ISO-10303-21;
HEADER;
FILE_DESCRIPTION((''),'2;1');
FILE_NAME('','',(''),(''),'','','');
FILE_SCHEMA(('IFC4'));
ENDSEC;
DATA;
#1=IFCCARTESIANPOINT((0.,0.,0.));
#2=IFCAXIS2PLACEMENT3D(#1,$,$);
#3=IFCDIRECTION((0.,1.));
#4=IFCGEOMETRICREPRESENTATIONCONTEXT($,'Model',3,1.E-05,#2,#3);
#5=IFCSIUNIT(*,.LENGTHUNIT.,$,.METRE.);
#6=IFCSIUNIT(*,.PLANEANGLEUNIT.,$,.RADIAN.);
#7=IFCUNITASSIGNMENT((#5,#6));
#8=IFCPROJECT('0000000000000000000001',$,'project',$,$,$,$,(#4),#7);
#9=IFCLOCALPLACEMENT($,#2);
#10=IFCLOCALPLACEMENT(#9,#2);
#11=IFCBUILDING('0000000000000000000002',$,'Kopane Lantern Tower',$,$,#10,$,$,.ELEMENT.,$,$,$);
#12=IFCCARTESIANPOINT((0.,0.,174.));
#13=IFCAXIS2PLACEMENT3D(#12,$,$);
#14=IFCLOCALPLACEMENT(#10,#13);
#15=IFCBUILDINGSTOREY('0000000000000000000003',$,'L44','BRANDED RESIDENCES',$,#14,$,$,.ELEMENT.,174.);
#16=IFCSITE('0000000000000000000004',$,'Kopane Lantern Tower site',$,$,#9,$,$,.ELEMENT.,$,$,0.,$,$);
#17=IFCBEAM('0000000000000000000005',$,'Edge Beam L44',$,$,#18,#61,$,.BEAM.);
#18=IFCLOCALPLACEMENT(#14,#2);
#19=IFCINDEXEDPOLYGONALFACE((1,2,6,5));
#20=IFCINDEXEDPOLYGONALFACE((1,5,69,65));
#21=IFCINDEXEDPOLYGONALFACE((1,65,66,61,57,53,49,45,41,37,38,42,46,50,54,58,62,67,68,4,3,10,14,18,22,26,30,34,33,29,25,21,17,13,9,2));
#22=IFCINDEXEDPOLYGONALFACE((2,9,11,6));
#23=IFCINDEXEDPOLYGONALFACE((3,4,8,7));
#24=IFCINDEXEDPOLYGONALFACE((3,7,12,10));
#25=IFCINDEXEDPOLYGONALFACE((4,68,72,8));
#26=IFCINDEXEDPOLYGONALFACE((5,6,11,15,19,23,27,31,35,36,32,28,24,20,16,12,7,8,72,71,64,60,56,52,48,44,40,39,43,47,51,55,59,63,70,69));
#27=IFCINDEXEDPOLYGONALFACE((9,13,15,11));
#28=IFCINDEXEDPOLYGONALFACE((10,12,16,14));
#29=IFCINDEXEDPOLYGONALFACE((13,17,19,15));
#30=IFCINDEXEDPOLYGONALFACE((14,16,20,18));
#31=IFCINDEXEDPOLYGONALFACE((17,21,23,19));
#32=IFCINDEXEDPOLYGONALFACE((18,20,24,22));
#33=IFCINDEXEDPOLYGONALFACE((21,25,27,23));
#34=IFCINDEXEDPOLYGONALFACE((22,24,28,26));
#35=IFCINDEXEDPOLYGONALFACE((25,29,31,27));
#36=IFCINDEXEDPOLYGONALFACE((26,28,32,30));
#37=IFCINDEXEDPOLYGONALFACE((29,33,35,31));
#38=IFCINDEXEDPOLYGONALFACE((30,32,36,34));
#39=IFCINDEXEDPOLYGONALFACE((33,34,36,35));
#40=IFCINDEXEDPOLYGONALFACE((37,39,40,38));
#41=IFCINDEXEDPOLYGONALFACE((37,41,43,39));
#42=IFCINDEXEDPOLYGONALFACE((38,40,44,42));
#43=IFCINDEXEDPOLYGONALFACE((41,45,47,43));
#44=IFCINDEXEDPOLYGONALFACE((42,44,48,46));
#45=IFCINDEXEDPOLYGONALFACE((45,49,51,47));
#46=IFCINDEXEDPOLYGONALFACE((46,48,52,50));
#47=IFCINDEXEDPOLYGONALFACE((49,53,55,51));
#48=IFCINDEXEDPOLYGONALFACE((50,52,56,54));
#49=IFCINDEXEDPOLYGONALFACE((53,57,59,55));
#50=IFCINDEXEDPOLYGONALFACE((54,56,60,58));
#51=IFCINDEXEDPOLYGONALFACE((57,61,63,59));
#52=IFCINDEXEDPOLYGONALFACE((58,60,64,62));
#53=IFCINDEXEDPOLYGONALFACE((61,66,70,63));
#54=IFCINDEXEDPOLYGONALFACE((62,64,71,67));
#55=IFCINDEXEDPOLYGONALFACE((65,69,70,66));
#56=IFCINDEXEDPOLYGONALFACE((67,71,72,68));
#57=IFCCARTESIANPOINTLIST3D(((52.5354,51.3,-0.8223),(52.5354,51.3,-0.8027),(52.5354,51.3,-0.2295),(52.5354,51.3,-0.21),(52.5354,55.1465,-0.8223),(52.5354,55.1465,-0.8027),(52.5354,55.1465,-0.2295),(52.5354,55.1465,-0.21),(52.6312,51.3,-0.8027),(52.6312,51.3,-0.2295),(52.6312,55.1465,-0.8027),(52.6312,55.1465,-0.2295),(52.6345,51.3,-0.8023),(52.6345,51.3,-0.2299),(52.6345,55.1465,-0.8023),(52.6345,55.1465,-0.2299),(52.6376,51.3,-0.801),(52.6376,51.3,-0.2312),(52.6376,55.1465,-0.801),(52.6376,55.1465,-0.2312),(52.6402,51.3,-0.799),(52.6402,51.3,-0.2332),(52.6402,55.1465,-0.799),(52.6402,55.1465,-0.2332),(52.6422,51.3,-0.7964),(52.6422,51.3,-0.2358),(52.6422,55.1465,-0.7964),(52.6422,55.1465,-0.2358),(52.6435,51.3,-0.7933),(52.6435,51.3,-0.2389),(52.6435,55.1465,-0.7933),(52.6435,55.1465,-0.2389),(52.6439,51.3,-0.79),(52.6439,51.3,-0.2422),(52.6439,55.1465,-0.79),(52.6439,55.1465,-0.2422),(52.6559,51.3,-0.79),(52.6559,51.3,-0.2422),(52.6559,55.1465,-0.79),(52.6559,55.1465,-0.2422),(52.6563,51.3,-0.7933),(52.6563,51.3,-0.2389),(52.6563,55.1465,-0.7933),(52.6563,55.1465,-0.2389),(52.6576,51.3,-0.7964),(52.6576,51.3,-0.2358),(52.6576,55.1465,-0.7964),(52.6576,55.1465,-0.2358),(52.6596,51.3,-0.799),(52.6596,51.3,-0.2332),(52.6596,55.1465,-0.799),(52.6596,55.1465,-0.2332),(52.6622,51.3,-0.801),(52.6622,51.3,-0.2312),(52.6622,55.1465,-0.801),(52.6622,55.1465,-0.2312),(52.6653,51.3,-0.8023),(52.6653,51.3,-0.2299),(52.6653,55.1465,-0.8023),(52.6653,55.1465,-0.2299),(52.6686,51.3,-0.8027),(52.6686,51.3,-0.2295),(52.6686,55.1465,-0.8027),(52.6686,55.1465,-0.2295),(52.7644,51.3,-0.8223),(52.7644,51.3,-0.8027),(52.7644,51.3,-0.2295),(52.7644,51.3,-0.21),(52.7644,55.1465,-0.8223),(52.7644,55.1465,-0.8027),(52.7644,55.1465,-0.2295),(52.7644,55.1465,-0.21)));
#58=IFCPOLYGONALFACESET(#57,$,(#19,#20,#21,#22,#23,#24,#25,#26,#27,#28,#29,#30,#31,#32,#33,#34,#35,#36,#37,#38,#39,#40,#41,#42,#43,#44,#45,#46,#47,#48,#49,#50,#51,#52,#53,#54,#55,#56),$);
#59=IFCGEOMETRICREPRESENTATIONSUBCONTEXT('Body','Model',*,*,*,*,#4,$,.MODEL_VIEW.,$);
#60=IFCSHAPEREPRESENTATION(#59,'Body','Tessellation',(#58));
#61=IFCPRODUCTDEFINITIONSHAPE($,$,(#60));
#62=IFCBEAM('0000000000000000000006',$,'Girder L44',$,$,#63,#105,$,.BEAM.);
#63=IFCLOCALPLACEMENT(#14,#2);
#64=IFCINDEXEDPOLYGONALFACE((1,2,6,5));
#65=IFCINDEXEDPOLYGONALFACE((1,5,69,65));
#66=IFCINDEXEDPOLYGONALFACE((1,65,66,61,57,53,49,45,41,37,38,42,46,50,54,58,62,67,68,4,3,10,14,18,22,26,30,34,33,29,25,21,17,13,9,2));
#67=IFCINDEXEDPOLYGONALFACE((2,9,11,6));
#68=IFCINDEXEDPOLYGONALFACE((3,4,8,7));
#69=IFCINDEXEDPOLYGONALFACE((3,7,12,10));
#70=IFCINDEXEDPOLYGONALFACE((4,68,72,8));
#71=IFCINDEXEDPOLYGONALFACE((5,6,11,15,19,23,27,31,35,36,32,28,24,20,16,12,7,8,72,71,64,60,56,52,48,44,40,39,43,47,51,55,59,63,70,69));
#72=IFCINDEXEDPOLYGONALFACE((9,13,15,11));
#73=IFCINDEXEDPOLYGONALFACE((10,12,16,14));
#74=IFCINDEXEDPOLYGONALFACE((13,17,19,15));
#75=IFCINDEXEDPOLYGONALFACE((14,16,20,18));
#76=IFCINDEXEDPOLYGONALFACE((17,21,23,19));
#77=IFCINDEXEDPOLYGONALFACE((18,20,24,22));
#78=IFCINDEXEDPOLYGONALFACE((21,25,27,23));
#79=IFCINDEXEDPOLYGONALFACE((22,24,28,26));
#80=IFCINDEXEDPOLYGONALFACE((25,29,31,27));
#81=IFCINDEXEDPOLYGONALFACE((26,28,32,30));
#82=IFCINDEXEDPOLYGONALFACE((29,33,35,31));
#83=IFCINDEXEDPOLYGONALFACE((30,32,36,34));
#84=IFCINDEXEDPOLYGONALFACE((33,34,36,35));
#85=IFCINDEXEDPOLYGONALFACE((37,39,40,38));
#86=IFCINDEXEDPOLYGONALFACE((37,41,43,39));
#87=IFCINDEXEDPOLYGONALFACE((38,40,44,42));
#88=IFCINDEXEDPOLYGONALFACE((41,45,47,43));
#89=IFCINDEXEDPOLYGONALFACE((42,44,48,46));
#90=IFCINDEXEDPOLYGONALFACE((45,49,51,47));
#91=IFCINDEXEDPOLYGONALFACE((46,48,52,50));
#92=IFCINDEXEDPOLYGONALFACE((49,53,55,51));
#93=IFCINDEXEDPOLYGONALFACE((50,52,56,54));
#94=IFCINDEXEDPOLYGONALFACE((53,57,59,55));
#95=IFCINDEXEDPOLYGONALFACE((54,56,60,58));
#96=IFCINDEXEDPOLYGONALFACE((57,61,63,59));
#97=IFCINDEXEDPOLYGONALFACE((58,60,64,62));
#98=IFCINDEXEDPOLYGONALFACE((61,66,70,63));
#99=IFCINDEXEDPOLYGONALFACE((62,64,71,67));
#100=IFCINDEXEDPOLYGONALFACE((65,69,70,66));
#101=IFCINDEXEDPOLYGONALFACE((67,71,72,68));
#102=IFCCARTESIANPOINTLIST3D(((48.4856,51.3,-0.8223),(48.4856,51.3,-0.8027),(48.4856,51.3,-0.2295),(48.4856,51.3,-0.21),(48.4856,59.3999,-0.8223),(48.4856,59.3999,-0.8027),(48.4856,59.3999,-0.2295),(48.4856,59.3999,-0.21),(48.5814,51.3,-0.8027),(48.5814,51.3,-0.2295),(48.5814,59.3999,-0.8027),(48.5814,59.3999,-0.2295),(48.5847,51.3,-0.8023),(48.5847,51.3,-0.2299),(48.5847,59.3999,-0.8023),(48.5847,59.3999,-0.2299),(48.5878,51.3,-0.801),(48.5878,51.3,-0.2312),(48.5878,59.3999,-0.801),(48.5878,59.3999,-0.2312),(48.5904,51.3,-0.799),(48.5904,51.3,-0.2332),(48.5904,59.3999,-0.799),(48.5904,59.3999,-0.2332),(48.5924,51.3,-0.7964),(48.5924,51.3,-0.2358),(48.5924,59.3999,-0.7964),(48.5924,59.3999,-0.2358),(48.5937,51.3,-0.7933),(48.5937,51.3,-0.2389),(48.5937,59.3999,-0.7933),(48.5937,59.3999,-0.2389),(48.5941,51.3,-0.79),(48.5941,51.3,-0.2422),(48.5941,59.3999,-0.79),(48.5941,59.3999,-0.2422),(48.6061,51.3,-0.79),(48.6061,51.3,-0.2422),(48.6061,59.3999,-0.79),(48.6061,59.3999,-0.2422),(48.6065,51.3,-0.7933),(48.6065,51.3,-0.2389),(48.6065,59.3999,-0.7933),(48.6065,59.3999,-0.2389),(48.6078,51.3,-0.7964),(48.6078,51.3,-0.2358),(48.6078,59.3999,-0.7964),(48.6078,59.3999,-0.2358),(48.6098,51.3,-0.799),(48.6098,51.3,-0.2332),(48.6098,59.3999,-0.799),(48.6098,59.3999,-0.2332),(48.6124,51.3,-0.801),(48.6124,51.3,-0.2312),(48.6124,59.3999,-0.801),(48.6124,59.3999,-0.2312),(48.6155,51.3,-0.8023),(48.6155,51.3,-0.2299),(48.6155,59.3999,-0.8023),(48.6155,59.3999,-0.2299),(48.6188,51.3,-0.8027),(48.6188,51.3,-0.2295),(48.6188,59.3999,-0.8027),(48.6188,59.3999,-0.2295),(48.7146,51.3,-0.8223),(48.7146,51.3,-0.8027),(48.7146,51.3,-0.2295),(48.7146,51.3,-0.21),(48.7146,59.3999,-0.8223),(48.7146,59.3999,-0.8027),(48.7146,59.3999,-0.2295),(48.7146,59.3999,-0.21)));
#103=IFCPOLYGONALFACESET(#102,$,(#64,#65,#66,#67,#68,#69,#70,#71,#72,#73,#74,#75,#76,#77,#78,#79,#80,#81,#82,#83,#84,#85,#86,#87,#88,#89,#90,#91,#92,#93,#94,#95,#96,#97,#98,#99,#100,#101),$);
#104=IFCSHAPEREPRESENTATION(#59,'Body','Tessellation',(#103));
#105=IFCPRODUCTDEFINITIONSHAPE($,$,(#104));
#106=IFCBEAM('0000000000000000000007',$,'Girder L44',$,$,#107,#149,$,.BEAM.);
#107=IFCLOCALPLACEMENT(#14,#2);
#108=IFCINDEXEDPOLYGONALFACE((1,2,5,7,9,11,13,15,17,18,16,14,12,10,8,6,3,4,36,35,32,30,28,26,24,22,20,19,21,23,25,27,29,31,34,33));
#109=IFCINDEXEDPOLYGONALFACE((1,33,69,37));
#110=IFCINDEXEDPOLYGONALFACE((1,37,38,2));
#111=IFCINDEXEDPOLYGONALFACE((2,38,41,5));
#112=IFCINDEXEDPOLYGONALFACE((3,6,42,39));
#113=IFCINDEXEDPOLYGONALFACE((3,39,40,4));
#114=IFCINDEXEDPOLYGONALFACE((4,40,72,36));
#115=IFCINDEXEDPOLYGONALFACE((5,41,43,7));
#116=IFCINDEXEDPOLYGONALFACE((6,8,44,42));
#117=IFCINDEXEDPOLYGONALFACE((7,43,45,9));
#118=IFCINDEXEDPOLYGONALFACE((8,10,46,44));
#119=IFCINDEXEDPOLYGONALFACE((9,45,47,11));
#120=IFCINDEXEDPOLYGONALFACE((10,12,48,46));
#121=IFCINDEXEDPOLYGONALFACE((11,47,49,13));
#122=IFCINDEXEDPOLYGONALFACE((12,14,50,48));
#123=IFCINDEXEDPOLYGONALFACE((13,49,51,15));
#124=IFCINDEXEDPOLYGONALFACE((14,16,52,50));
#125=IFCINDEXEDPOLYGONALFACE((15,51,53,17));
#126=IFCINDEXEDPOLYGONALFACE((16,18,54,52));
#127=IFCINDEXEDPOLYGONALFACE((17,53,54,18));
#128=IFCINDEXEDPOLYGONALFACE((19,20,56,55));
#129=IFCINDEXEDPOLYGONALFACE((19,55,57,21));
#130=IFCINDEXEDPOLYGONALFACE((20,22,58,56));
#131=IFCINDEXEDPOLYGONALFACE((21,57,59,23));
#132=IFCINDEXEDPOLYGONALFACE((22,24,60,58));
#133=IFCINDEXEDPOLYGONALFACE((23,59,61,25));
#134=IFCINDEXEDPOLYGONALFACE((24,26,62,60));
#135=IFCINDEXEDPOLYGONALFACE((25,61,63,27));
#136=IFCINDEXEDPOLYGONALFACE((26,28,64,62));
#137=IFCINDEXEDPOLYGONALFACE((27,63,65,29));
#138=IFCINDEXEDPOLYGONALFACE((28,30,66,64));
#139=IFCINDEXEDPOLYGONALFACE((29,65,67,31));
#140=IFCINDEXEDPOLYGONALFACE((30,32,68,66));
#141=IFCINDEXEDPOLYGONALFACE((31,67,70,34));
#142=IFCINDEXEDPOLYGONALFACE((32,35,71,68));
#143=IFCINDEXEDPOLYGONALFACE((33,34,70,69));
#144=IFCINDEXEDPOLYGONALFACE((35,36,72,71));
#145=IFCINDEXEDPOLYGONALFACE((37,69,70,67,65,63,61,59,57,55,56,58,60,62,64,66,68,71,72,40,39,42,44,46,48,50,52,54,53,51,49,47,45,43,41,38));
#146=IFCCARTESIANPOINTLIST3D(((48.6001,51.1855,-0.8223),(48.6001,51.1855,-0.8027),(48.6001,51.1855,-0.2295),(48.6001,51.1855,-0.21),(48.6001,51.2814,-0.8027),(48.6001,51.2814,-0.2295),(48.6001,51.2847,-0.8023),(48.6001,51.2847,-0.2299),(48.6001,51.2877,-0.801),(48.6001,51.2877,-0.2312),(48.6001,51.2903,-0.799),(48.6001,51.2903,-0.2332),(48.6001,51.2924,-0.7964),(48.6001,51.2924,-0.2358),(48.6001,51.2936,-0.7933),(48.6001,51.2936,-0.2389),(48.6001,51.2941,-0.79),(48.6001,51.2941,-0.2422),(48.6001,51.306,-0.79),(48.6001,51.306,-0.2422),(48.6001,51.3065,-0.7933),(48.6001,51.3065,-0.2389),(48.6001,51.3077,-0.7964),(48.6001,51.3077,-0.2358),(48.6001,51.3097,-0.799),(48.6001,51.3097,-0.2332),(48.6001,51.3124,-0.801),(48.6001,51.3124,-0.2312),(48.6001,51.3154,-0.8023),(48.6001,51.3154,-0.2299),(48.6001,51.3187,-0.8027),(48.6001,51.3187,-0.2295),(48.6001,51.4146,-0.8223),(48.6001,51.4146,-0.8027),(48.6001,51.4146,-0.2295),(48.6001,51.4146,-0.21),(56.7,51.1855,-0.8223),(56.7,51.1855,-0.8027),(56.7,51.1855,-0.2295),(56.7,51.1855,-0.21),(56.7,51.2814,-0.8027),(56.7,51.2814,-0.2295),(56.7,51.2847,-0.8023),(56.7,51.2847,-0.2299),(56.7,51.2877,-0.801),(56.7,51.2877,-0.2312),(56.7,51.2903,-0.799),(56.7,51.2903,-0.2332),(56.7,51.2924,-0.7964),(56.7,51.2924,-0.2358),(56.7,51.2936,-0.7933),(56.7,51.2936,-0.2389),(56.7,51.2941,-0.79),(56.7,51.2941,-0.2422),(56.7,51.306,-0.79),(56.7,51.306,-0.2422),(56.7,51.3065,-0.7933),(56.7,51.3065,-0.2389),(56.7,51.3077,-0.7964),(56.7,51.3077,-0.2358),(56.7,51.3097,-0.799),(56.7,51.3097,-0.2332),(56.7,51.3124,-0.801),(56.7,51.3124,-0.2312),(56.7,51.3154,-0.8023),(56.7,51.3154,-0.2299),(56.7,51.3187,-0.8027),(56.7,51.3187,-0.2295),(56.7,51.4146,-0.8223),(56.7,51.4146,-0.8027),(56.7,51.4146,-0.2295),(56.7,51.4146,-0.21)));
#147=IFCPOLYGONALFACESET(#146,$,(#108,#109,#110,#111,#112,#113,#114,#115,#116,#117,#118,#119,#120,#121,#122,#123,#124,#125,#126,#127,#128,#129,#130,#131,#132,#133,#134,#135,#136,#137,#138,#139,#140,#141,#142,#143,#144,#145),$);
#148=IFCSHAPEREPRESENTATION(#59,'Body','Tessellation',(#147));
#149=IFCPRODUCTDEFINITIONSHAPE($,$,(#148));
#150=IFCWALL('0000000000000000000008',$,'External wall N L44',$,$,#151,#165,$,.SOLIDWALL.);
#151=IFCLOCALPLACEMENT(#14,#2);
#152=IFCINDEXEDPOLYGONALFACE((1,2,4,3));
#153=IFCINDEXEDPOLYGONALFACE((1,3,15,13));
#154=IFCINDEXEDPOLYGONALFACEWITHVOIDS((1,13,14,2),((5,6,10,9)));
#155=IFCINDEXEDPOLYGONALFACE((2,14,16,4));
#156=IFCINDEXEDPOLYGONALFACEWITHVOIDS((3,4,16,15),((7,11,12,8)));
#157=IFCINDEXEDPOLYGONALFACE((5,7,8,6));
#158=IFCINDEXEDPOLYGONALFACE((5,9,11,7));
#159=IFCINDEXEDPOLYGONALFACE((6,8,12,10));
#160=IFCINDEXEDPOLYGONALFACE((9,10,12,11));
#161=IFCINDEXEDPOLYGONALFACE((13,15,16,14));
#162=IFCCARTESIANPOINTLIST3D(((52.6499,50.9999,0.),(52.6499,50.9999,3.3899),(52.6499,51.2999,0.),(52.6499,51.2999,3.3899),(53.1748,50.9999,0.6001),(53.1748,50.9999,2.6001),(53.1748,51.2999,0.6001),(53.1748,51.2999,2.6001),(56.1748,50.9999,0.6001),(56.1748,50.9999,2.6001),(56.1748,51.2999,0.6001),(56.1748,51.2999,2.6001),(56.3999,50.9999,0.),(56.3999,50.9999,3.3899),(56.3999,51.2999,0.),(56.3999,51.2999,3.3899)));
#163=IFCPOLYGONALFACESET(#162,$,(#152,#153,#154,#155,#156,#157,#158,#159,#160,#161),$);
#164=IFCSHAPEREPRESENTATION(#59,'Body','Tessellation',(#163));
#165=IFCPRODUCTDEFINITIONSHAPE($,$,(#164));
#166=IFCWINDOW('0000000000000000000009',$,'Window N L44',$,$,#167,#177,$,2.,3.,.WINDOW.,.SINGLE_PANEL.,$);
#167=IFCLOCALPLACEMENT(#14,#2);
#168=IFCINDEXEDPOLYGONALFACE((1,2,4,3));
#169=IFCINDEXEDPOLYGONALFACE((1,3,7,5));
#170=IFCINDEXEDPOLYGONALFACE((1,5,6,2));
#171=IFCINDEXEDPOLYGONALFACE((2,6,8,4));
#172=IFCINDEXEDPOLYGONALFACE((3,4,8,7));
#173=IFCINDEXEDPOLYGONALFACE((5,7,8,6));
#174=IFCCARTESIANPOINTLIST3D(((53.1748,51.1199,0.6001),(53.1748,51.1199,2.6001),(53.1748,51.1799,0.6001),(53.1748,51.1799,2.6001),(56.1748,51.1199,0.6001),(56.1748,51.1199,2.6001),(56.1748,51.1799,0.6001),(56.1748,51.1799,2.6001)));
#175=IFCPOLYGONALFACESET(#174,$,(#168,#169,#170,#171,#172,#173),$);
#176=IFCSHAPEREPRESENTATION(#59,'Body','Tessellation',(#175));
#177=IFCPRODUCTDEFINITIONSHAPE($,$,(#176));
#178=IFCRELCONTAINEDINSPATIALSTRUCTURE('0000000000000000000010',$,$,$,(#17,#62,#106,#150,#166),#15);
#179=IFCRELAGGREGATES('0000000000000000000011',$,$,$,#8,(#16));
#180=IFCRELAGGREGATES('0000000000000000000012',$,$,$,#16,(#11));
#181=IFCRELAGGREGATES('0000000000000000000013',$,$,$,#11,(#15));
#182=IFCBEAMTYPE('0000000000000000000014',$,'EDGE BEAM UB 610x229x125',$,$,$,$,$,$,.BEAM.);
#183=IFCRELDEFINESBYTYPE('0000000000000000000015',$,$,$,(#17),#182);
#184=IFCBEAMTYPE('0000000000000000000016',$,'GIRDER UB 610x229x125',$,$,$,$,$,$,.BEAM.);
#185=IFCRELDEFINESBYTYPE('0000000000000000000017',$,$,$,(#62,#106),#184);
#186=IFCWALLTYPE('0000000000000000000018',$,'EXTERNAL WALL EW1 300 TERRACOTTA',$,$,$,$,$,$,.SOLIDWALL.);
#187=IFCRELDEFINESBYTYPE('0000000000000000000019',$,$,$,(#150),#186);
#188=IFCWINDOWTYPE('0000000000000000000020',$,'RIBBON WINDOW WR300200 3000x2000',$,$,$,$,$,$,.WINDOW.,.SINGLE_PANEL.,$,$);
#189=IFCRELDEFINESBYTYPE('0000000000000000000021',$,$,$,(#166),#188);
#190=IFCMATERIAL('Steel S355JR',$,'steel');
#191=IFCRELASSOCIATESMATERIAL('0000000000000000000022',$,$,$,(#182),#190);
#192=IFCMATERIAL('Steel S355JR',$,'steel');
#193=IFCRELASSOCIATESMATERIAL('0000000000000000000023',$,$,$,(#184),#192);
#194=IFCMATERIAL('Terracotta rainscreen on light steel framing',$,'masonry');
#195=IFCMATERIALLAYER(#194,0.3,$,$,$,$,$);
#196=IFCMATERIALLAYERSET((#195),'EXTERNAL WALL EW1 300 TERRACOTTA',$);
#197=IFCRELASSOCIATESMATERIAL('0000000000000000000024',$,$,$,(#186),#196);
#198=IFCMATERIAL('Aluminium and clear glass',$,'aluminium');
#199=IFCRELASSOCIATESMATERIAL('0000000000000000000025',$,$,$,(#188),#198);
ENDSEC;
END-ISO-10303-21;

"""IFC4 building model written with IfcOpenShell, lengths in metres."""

from ifc_helpers import new_model, si_unit, direction, frame, frame_2d, origin, origin_2d, place, context, subcontext, project, spatial, rectangle, i_section, extrude, material, layer, layer_set, material_profile, profile_set, type_object, element, fill, save


model = new_model("IFC4")

# Units and contexts
model_context = context("Model", 3, precision=1e-05, world=origin(), true_north=direction((0.0, 1.0)))
body_context = subcontext(model_context, "Body", "Model", "MODEL_VIEW")
ifc_project = project(units=[si_unit("LENGTHUNIT", "METRE"), si_unit("PLANEANGLEUNIT", "RADIAN")], contexts=[model_context])

# Site, building, storey
site_placement = place(None, origin())
site = spatial("IfcSite", under=ifc_project, at=site_placement, Name="Kopane Lantern Tower site", CompositionType="ELEMENT", RefElevation=0.0)
building_placement = place(site_placement, origin())
building = spatial("IfcBuilding", under=site, at=building_placement, Name="Kopane Lantern Tower", CompositionType="ELEMENT")
storey_placement = place(building_placement, frame((0.0, 0.0, 174.0)))
storey = spatial("IfcBuildingStorey", under=building, at=storey_placement, Name="L44", Description="BRANDED RESIDENCES", CompositionType="ELEMENT", Elevation=174.0)

# Beams
ifc_material_1 = material(Name="Steel S355JR", Category="steel")
ifc_material_profile_1 = material_profile(ifc_material_1, i_section(OverallWidth=0.229, OverallDepth=0.6123, WebThickness=0.012, FlangeThickness=0.0195, FilletRadius=0.0127, at=origin_2d()), Name="UB 610x229x125")
ifc_profile_set_1 = profile_set([ifc_material_profile_1], Name="Steel S355JR")
beam_type_1 = type_object("IfcBeamType", Name="EDGE BEAM UB 610x229x125", PredefinedType="BEAM", material=ifc_profile_set_1)
for number, where, z_axis, x_axis, name in (
    (1, (52.6499, 55.1465, -0.5161), (0.0, -1.0, 0.0), (1.0, 0.0, 0.0), "Edge Beam L44"),
):
    element("IfcBeam", number, at=place(storey_placement, frame(where, z_axis=z_axis, x_axis=x_axis)), inside=storey, type_object=beam_type_1, Name=name, PredefinedType="BEAM", context=body_context, shape_type="SweptSolid", body=[
        extrude(i_section(OverallWidth=0.229, OverallDepth=0.6123, WebThickness=0.012, FlangeThickness=0.0195, FilletRadius=0.0127, at=origin_2d()), origin(), (0.0, 0.0, 1.0), 3.8464),
    ])
ifc_material_2 = material(Name="Steel S355JR", Category="steel")
ifc_material_profile_2 = material_profile(ifc_material_2, i_section(OverallWidth=0.229, OverallDepth=0.6123, WebThickness=0.012, FlangeThickness=0.0195, FilletRadius=0.0127, at=origin_2d()), Name="UB 610x229x125")
ifc_profile_set_2 = profile_set([ifc_material_profile_2], Name="Steel S355JR")
beam_type_2 = type_object("IfcBeamType", Name="GIRDER UB 610x229x125", PredefinedType="BEAM", material=ifc_profile_set_2)
for number, where, z_axis, x_axis, name in (
    (2, (48.6001, 51.3, -0.5161), (0.0, 1.0, 0.0), (-1.0, 0.0, 0.0), "Girder L44"),
    (3, (48.6001, 51.3, -0.5161), (1.0, 0.0, 0.0), (0.0, 1.0, 0.0), "Girder L44"),
):
    element("IfcBeam", number, at=place(storey_placement, frame(where, z_axis=z_axis, x_axis=x_axis)), inside=storey, type_object=beam_type_2, Name=name, PredefinedType="BEAM", context=body_context, shape_type="SweptSolid", body=[
        extrude(i_section(OverallWidth=0.229, OverallDepth=0.6123, WebThickness=0.012, FlangeThickness=0.0195, FilletRadius=0.0127, at=origin_2d()), origin(), (0.0, 0.0, 1.0), 8.0999),
    ])

# Wall, opening, window
ifc_material_3 = material(Name="Terracotta rainscreen on light steel framing", Category="masonry")
ifc_layer = layer(ifc_material_3, 0.3)
ifc_layer_set = layer_set([ifc_layer], Name="EXTERNAL WALL EW1 300 TERRACOTTA")
wall_type = type_object("IfcWallType", Name="EXTERNAL WALL EW1 300 TERRACOTTA", PredefinedType="SOLIDWALL", material=ifc_layer_set)
wall_1_placement = place(storey_placement, frame((56.3999, 51.1499, 0.0), z_axis=(0.0, 0.0, 1.0), x_axis=(-1.0, 0.0, 0.0)))
wall_1 = element("IfcWall", 4, at=wall_1_placement, inside=storey, type_object=wall_type, Name="External wall N L44", PredefinedType="SOLIDWALL", context=body_context, shape_type="SweptSolid", body=[
    extrude(rectangle(XDim=3.75, YDim=0.3, at=frame_2d((1.875, 0.0))), origin(), (0.0, 0.0, 1.0), 3.3899),
])
opening_1_placement = place(wall_1_placement, frame((0.2251, 0.0, 0.6001)))
opening_1 = element("IfcOpeningElement", 5, at=opening_1_placement, cuts=wall_1, PredefinedType="OPENING", context=body_context, shape_type="SweptSolid", body=[
    extrude(rectangle(XDim=3.0, YDim=2.0, at=frame_2d((1.5, 1.0))), frame((0.0, 0.1599, 0.0), z_axis=(0.0, -1.0, 0.0), x_axis=(1.0, 0.0, 0.0)), (0.0, 0.0, 1.0), 0.3201),
])
ifc_material_4 = material(Name="Aluminium and clear glass", Category="aluminium")
window_type = type_object("IfcWindowType", Name="RIBBON WINDOW WR300200 3000x2000", PartitioningType="SINGLE_PANEL", PredefinedType="WINDOW", material=ifc_material_4)
window_1_placement = place(opening_1_placement, origin())
window_1 = element("IfcWindow", 6, at=window_1_placement, inside=storey, type_object=window_type, Name="Window N L44", OverallHeight=2.0, OverallWidth=3.0, PartitioningType="SINGLE_PANEL", PredefinedType="WINDOW", context=body_context, shape_type="SweptSolid", body=[
    extrude(rectangle(XDim=3.0, YDim=2.0, at=frame_2d((1.5, 1.0))), frame((0.0, 0.03, 0.0), z_axis=(0.0, -1.0, 0.0), x_axis=(1.0, 0.0, 0.0)), (0.0, 0.0, 1.0), 0.0601),
])
fill(opening_1, window_1)

save(model, "model.ifc")
